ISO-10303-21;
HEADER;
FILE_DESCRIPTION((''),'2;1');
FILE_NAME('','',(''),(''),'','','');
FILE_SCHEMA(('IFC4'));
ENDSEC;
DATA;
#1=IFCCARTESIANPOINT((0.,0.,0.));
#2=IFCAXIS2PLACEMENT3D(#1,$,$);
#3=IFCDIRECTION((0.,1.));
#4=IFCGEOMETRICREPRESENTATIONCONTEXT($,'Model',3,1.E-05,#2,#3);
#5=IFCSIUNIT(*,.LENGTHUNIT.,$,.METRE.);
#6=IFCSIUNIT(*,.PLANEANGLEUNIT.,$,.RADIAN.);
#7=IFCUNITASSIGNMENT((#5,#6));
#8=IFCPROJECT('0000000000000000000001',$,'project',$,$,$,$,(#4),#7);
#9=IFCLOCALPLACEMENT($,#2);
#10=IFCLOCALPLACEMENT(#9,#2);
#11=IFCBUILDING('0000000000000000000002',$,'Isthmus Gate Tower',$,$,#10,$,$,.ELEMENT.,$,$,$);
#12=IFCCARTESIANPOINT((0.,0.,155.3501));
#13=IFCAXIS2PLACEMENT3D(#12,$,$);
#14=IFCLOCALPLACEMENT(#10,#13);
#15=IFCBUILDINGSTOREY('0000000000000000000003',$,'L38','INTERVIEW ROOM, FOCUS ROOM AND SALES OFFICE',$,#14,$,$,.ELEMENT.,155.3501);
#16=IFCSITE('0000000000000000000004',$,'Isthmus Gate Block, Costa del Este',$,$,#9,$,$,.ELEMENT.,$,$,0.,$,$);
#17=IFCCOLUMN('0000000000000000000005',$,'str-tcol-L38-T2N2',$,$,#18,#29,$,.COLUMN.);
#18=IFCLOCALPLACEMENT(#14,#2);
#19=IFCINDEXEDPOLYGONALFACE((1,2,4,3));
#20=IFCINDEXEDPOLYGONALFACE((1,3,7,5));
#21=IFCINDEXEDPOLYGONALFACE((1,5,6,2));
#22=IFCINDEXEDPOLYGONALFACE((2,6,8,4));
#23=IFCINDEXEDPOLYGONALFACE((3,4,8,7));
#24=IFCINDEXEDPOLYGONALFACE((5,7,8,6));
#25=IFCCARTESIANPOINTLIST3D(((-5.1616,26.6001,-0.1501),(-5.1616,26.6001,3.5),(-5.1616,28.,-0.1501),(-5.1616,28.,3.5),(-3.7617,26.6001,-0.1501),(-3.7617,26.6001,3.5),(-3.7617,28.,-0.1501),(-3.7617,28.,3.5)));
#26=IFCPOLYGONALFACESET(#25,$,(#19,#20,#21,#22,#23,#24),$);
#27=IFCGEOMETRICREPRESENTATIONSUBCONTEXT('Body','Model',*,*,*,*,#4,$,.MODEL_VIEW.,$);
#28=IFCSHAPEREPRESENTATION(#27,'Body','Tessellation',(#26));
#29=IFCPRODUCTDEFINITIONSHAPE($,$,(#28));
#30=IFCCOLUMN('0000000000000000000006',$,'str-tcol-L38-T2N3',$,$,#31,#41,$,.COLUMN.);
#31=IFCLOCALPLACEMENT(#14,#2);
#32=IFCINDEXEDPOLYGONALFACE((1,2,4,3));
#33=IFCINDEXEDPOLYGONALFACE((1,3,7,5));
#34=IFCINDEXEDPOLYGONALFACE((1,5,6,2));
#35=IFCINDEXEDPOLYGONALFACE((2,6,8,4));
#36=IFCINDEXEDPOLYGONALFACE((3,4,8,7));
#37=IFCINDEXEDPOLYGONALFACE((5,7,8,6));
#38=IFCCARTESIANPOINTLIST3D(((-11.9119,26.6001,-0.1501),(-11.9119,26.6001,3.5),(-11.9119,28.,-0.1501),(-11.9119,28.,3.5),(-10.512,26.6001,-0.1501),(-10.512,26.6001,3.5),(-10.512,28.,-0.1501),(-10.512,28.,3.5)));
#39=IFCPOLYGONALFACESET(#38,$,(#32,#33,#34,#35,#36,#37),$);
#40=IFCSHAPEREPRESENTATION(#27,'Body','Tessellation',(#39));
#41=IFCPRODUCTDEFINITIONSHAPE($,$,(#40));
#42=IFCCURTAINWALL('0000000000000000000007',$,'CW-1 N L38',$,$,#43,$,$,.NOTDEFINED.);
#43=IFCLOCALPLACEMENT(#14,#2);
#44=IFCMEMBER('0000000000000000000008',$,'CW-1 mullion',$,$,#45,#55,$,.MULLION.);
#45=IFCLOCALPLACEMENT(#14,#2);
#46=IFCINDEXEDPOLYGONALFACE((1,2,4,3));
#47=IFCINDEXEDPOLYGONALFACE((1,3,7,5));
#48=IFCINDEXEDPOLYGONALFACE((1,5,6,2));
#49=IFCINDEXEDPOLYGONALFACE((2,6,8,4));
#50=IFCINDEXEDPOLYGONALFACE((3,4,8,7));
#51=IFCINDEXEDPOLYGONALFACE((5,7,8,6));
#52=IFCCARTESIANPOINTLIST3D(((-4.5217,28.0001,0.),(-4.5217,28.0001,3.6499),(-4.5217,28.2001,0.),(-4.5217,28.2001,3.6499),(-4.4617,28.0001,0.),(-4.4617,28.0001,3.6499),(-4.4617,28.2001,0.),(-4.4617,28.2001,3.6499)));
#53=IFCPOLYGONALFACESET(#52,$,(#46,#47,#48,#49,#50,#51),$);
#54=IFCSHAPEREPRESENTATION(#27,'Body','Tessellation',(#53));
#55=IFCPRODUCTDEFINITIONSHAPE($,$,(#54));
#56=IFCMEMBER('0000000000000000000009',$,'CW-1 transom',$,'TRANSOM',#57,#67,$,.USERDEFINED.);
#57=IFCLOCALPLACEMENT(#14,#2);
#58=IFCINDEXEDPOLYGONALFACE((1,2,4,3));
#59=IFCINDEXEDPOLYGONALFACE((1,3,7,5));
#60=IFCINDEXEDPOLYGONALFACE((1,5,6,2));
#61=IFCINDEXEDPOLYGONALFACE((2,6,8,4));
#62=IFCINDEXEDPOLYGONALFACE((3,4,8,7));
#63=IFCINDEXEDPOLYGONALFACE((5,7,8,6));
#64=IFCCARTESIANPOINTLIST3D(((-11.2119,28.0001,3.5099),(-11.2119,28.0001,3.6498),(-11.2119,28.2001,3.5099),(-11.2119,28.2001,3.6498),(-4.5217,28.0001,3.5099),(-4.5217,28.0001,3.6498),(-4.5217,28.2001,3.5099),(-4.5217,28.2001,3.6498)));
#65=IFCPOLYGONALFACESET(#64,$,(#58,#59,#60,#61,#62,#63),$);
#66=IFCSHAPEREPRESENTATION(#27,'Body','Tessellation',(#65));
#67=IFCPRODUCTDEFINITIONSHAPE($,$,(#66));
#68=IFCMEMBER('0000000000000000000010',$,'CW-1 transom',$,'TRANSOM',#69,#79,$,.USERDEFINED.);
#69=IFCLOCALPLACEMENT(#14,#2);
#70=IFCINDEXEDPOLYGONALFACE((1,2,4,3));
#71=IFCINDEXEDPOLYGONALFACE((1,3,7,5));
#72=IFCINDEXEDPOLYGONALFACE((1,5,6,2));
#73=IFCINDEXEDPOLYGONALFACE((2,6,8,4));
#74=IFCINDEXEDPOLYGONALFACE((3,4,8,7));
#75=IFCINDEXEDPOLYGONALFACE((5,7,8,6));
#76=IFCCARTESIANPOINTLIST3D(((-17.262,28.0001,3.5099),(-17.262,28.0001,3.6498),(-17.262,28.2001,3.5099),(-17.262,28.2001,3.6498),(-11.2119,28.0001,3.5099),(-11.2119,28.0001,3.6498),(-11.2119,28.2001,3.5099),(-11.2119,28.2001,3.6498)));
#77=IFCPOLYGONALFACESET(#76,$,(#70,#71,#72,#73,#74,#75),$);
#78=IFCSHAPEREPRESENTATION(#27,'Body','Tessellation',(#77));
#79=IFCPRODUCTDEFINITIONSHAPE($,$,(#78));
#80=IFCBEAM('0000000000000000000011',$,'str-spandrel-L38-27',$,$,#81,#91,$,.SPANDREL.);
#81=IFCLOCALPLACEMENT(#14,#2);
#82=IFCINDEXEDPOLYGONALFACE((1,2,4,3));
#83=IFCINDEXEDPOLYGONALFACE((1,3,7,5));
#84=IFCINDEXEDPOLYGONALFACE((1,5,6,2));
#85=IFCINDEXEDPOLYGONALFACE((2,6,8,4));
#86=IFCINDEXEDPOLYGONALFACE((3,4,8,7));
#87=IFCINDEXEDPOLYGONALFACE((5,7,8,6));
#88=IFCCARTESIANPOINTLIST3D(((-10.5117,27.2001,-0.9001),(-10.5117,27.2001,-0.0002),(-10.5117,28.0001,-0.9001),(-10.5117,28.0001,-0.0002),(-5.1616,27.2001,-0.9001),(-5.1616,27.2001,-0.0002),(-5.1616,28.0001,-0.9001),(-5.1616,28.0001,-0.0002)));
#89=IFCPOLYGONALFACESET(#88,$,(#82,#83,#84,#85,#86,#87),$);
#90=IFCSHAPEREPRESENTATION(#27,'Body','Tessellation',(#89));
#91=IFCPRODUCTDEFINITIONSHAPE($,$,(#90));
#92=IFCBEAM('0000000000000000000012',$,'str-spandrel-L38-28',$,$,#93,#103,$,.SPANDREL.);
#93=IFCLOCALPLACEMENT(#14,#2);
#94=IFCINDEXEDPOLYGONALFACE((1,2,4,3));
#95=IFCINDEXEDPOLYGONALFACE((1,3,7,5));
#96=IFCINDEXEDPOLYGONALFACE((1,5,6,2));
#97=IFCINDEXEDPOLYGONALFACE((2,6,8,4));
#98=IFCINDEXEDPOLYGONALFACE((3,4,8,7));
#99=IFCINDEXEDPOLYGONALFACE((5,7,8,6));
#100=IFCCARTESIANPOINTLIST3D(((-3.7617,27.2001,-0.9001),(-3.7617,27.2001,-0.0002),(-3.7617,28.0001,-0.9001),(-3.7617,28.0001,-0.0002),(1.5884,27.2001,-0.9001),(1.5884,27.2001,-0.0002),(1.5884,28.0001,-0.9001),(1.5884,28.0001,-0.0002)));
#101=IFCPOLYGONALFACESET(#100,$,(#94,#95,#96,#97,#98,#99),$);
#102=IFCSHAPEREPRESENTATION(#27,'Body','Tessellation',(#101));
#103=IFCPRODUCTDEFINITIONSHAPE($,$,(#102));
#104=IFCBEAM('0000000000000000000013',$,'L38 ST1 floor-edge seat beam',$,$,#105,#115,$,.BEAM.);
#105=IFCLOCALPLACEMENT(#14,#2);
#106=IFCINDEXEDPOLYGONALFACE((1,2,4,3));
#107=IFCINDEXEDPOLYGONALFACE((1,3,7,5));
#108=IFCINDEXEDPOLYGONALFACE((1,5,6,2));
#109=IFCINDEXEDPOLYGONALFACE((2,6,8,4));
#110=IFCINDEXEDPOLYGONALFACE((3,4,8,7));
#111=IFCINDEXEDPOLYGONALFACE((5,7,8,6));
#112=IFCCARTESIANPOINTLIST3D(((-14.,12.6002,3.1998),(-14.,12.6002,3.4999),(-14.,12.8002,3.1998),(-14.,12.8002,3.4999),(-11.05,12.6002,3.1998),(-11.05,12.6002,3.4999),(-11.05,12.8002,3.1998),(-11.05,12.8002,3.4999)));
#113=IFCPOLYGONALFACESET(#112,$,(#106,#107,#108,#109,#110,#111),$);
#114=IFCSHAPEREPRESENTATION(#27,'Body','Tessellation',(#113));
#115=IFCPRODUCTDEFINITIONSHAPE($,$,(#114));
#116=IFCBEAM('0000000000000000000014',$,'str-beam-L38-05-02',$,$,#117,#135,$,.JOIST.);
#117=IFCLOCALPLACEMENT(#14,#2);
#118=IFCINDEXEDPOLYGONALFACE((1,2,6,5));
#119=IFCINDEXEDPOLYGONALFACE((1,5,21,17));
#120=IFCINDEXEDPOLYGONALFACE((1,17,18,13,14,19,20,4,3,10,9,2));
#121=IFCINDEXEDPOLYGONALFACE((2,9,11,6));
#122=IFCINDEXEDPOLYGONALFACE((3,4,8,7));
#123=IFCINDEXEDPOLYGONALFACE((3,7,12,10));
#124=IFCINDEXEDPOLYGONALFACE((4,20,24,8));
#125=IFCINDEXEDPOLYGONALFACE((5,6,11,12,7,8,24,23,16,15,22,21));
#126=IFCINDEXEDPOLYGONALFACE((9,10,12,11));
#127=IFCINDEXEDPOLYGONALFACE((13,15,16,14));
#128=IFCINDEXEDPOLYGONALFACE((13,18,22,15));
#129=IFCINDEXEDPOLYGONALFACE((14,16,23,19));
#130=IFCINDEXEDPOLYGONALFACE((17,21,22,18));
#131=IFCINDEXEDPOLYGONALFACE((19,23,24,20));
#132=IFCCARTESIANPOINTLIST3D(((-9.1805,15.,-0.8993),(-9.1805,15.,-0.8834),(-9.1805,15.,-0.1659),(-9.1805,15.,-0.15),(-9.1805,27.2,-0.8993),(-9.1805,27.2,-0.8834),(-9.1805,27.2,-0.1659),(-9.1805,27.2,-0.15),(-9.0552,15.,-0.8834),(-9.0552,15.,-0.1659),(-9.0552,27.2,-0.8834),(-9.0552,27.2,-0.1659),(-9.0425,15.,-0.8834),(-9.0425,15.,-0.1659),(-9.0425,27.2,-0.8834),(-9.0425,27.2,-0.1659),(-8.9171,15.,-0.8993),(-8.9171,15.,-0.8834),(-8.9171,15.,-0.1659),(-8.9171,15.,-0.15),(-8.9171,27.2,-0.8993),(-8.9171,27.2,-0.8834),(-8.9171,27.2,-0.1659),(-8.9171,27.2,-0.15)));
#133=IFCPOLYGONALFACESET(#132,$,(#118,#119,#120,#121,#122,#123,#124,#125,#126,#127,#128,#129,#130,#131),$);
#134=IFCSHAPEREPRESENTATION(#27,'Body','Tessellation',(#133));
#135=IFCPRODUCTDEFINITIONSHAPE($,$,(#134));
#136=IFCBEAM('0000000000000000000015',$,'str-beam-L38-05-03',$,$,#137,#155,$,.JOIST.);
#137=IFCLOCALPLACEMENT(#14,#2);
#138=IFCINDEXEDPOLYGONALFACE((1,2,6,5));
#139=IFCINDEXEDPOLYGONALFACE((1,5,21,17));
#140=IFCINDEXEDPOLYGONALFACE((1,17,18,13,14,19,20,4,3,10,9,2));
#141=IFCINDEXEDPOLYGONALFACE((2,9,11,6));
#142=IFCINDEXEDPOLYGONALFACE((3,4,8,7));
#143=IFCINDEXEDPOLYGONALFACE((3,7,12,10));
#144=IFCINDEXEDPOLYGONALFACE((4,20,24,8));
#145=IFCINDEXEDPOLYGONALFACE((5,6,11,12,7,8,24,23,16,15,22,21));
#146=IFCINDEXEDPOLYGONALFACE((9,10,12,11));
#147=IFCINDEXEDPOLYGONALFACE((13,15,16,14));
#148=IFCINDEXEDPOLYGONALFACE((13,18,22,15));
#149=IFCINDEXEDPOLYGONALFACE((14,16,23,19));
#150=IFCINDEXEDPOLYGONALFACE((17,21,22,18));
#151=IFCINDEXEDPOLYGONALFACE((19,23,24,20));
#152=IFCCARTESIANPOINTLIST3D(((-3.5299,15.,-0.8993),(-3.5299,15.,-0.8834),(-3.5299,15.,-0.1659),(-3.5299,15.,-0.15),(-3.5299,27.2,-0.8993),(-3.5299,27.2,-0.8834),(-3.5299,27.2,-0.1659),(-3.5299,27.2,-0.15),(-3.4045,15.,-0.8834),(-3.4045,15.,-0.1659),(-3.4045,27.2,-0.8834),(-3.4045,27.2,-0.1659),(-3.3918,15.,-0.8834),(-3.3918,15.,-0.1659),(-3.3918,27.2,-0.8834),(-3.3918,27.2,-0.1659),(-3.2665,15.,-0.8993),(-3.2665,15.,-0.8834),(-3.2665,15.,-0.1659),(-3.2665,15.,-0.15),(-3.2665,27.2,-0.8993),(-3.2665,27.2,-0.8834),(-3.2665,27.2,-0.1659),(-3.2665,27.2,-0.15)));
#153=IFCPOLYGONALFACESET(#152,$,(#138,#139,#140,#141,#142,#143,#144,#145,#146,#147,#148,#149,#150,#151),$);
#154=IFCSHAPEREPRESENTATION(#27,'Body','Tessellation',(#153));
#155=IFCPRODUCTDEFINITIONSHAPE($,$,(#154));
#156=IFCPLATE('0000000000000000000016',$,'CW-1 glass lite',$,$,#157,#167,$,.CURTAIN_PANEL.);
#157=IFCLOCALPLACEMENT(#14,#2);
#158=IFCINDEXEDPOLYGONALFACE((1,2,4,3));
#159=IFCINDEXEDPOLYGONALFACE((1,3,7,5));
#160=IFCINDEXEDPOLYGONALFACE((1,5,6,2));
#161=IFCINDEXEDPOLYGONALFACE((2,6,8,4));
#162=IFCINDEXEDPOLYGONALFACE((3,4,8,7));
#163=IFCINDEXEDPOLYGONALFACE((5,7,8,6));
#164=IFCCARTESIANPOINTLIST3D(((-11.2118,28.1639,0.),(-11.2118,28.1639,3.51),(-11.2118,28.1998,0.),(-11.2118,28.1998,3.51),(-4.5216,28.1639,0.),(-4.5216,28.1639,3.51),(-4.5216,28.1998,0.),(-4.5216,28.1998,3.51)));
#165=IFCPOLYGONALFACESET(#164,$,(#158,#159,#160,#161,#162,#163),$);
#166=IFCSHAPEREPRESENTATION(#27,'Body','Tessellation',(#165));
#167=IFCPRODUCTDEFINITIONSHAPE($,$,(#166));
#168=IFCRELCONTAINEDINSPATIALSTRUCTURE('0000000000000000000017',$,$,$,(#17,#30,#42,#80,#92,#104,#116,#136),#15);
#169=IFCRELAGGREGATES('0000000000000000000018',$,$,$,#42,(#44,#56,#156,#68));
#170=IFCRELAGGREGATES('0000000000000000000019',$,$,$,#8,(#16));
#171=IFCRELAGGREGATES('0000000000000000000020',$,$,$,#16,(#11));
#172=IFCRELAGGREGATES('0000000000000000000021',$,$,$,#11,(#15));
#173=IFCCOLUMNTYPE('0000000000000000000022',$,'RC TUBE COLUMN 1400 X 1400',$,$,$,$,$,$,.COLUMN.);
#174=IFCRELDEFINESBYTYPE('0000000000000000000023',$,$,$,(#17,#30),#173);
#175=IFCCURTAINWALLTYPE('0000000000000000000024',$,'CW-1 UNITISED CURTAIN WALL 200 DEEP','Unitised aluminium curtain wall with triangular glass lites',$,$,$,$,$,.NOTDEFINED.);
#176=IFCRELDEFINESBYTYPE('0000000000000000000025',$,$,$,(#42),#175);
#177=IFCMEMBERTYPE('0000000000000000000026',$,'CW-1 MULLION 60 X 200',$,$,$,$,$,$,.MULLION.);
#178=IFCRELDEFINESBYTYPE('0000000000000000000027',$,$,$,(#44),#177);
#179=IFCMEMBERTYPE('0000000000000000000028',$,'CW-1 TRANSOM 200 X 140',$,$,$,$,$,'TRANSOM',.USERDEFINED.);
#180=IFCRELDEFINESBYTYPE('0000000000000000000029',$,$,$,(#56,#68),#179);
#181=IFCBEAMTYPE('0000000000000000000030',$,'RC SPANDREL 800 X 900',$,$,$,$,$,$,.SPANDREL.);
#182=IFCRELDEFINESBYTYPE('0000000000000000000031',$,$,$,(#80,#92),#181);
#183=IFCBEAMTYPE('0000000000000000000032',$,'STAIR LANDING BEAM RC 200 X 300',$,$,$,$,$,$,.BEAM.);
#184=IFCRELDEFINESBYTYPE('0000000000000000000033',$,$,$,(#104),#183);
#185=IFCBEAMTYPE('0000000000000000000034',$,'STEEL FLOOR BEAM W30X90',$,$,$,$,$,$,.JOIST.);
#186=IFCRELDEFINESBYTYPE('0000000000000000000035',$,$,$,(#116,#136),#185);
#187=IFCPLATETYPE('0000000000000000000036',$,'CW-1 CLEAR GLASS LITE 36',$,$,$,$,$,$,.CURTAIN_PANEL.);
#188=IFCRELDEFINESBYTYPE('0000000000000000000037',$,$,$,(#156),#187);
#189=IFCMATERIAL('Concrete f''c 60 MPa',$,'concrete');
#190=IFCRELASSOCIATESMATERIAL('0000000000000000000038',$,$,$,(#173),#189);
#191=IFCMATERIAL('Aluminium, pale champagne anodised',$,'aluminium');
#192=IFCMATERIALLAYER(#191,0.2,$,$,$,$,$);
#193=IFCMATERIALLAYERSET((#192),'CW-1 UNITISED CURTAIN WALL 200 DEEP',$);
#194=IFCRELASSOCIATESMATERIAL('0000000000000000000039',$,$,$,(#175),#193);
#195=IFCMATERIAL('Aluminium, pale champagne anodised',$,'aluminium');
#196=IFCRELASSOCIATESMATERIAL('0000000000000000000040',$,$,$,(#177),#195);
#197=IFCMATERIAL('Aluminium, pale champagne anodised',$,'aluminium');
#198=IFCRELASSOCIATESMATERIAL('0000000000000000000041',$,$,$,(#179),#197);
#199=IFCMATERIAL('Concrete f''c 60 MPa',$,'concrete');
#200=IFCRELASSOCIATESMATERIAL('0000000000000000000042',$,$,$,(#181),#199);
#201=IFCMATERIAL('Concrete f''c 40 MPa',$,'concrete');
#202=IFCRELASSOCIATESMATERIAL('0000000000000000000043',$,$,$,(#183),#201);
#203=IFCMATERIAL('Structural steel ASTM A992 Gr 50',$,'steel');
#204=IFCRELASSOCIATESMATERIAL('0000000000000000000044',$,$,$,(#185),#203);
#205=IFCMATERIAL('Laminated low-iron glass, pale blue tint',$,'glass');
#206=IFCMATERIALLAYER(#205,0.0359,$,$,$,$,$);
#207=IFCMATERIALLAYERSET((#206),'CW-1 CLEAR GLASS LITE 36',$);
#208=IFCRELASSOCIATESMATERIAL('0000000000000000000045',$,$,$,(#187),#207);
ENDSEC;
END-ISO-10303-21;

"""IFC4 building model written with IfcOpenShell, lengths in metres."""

from ifc_helpers import new_model, si_unit, direction, frame, origin, origin_2d, place, context, subcontext, project, spatial, rectangle, i_section, extrude, material, layer, layer_set, material_profile, profile_set, type_object, element, aggregate, save


model = new_model("IFC4")

# Units and contexts
model_context = context("Model", 3, precision=1e-05, world=origin(), true_north=direction((0.0, 1.0)))
body_context = subcontext(model_context, "Body", "Model", "MODEL_VIEW")
ifc_project = project(units=[si_unit("LENGTHUNIT", "METRE"), si_unit("PLANEANGLEUNIT", "RADIAN")], contexts=[model_context])

# Site, building, storey
site_placement = place(None, origin())
site = spatial("IfcSite", under=ifc_project, at=site_placement, Name="Isthmus Gate Block, Costa del Este", CompositionType="ELEMENT", RefElevation=0.0)
building_placement = place(site_placement, origin())
building = spatial("IfcBuilding", under=site, at=building_placement, Name="Isthmus Gate Tower", CompositionType="ELEMENT")
storey_placement = place(building_placement, frame((0.0, 0.0, 155.3501)))
storey = spatial("IfcBuildingStorey", under=building, at=storey_placement, Name="L38", Description="INTERVIEW ROOM, FOCUS ROOM AND SALES OFFICE", CompositionType="ELEMENT", Elevation=155.3501)

# Columns
ifc_material_1 = material(Name="Concrete f'c 60 MPa", Category="concrete")
ifc_material_profile_1 = material_profile(ifc_material_1, rectangle(XDim=1.3999, YDim=1.3999, at=origin_2d()), Name="RC 1400X1400")
ifc_profile_set_1 = profile_set([ifc_material_profile_1], Name="Concrete f'c 60 MPa")
column_type = type_object("IfcColumnType", Name="RC TUBE COLUMN 1400 X 1400", PredefinedType="COLUMN", material=ifc_profile_set_1)
for number, where, z_axis, x_axis, name in (
    (1, (-4.4617, 27.3, -0.1501), (0.0, 0.0, 1.0), (-1.0, 0.0, 0.0), "str-tcol-L38-T2N2"),
    (2, (-11.2119, 27.3, -0.1501), (0.0, 0.0, 1.0), (-1.0, 0.0, 0.0), "str-tcol-L38-T2N3"),
):
    element("IfcColumn", number, at=place(storey_placement, frame(where, z_axis=z_axis, x_axis=x_axis)), inside=storey, type_object=column_type, Name=name, PredefinedType="COLUMN", context=body_context, shape_type="SweptSolid", body=[
        extrude(rectangle(XDim=1.3999, YDim=1.3999, at=origin_2d()), origin(), (0.0, 0.0, 1.0), 3.6501),
    ])

# Curtain wall, members
ifc_material_2 = material(Name="Aluminium, pale champagne anodised", Category="aluminium")
ifc_layer_1 = layer(ifc_material_2, 0.2)
ifc_layer_set_1 = layer_set([ifc_layer_1], Name="CW-1 UNITISED CURTAIN WALL 200 DEEP")
curtain_wall_type = type_object("IfcCurtainWallType", Name="CW-1 UNITISED CURTAIN WALL 200 DEEP", Description="Unitised aluminium curtain wall with triangular glass lites", PredefinedType="NOTDEFINED", material=ifc_layer_set_1)
curtain_wall_placement = place(storey_placement, origin())
curtain_wall = element("IfcCurtainWall", 3, at=curtain_wall_placement, inside=storey, type_object=curtain_wall_type, Name="CW-1 N L38", PredefinedType="NOTDEFINED")
ifc_material_3 = material(Name="Aluminium, pale champagne anodised", Category="aluminium")
ifc_material_profile_2 = material_profile(ifc_material_3, rectangle(XDim=0.0601, YDim=0.2, at=origin_2d()), Name="60x200")
ifc_profile_set_2 = profile_set([ifc_material_profile_2], Name="Aluminium, pale champagne anodised")
member_type_1 = type_object("IfcMemberType", Name="CW-1 MULLION 60 X 200", PredefinedType="MULLION", material=ifc_profile_set_2)
member_1_placement = place(storey_placement, frame((-4.4917, 28.1001, 0.0), z_axis=(0.0, 0.0, 1.0), x_axis=(-1.0, 0.0, 0.0)))
member_1 = element("IfcMember", 4, at=member_1_placement, type_object=member_type_1, Name="CW-1 mullion", PredefinedType="MULLION", context=body_context, shape_type="SweptSolid", body=[
    extrude(rectangle(XDim=0.0601, YDim=0.2, at=origin_2d()), origin(), (0.0, 0.0, 1.0), 3.6499),
])
ifc_material_4 = material(Name="Aluminium, pale champagne anodised", Category="aluminium")
ifc_material_profile_3 = material_profile(ifc_material_4, rectangle(XDim=0.2, YDim=0.1399, at=origin_2d()), Name="200x140")
ifc_profile_set_3 = profile_set([ifc_material_profile_3], Name="Aluminium, pale champagne anodised")
member_type_2 = type_object("IfcMemberType", Name="CW-1 TRANSOM 200 X 140", ElementType="TRANSOM", PredefinedType="USERDEFINED", material=ifc_profile_set_3)
member_2_placement = place(storey_placement, frame((-4.5217, 28.1001, 3.5798), z_axis=(-1.0, 0.0, 0.0), x_axis=(0.0, -1.0, 0.0)))
member_2 = element("IfcMember", 5, at=member_2_placement, type_object=member_type_2, Name="CW-1 transom", ObjectType="TRANSOM", PredefinedType="USERDEFINED", context=body_context, shape_type="SweptSolid", body=[
    extrude(rectangle(XDim=0.2, YDim=0.1399, at=origin_2d()), origin(), (0.0, 0.0, 1.0), 6.6902),
])
member_3_placement = place(storey_placement, frame((-11.2119, 28.1001, 3.5798), z_axis=(-1.0, 0.0, 0.0), x_axis=(0.0, -1.0, 0.0)))
member_3 = element("IfcMember", 6, at=member_3_placement, type_object=member_type_2, Name="CW-1 transom", ObjectType="TRANSOM", PredefinedType="USERDEFINED", context=body_context, shape_type="SweptSolid", body=[
    extrude(rectangle(XDim=0.2, YDim=0.1399, at=origin_2d()), origin(), (0.0, 0.0, 1.0), 6.05),
])

# Beams
ifc_material_5 = material(Name="Concrete f'c 60 MPa", Category="concrete")
ifc_material_profile_4 = material_profile(ifc_material_5, rectangle(XDim=0.8, YDim=0.8999, at=origin_2d()), Name="RC 800X900")
ifc_profile_set_4 = profile_set([ifc_material_profile_4], Name="Concrete f'c 60 MPa")
beam_type_1 = type_object("IfcBeamType", Name="RC SPANDREL 800 X 900", PredefinedType="SPANDREL", material=ifc_profile_set_4)
for number, where, z_axis, x_axis, name in (
    (7, (-10.5117, 27.6001, -0.4502), (1.0, 0.0, 0.0), (0.0, 1.0, 0.0), "str-spandrel-L38-27"),
    (8, (-3.7617, 27.6001, -0.4502), (1.0, 0.0, 0.0), (0.0, 1.0, 0.0), "str-spandrel-L38-28"),
):
    element("IfcBeam", number, at=place(storey_placement, frame(where, z_axis=z_axis, x_axis=x_axis)), inside=storey, type_object=beam_type_1, Name=name, PredefinedType="SPANDREL", context=body_context, shape_type="SweptSolid", body=[
        extrude(rectangle(XDim=0.8, YDim=0.8999, at=origin_2d()), origin(), (0.0, 0.0, 1.0), 5.3501),
    ])
ifc_material_6 = material(Name="Concrete f'c 40 MPa", Category="concrete")
ifc_material_profile_5 = material_profile(ifc_material_6, rectangle(XDim=0.2, YDim=0.3, at=origin_2d()), Name="STAIR LANDING BEAM RC 200 X 300")
ifc_profile_set_5 = profile_set([ifc_material_profile_5], Name="Concrete f'c 40 MPa")
beam_type_2 = type_object("IfcBeamType", Name="STAIR LANDING BEAM RC 200 X 300", PredefinedType="BEAM", material=ifc_profile_set_5)
beam_placement = place(storey_placement, frame((-14.0, 12.7002, 3.3499), z_axis=(1.0, 0.0, 0.0), x_axis=(0.0, 1.0, 0.0)))
element("IfcBeam", 9, at=beam_placement, inside=storey, type_object=beam_type_2, Name="L38 ST1 floor-edge seat beam", PredefinedType="BEAM", context=body_context, shape_type="SweptSolid", body=[
    extrude(rectangle(XDim=0.2, YDim=0.3, at=origin_2d()), origin(), (0.0, 0.0, 1.0), 2.95),
])
ifc_material_7 = material(Name="Structural steel ASTM A992 Gr 50", Category="steel")
ifc_material_profile_6 = material_profile(ifc_material_7, i_section(OverallWidth=0.2634, OverallDepth=0.7493, WebThickness=0.0127, FlangeThickness=0.0159, at=origin_2d()), Name="W30X90")
ifc_profile_set_6 = profile_set([ifc_material_profile_6], Name="Structural steel ASTM A992 Gr 50")
beam_type_3 = type_object("IfcBeamType", Name="STEEL FLOOR BEAM W30X90", PredefinedType="JOIST", material=ifc_profile_set_6)
for number, where, z_axis, x_axis, name in (
    (10, (-9.0488, 15.0, -0.5247), (0.0, 1.0, 0.0), (-1.0, 0.0, 0.0), "str-beam-L38-05-02"),
    (11, (-3.3982, 15.0, -0.5247), (0.0, 1.0, 0.0), (-1.0, 0.0, 0.0), "str-beam-L38-05-03"),
):
    element("IfcBeam", number, at=place(storey_placement, frame(where, z_axis=z_axis, x_axis=x_axis)), inside=storey, type_object=beam_type_3, Name=name, PredefinedType="JOIST", context=body_context, shape_type="SweptSolid", body=[
        extrude(i_section(OverallWidth=0.2634, OverallDepth=0.7493, WebThickness=0.0127, FlangeThickness=0.0159, at=origin_2d()), origin(), (0.0, 0.0, 1.0), 12.2),
    ])

# Plate
ifc_material_8 = material(Name="Laminated low-iron glass, pale blue tint", Category="glass")
ifc_layer_2 = layer(ifc_material_8, 0.0359)
ifc_layer_set_2 = layer_set([ifc_layer_2], Name="CW-1 CLEAR GLASS LITE 36")
plate_type = type_object("IfcPlateType", Name="CW-1 CLEAR GLASS LITE 36", PredefinedType="CURTAIN_PANEL", material=ifc_layer_set_2)
plate_placement = place(storey_placement, frame((-7.8667, 28.1819, 0.0), z_axis=(0.0, 0.0, 1.0), x_axis=(-1.0, 0.0, 0.0)))
plate = element("IfcPlate", 12, at=plate_placement, type_object=plate_type, Name="CW-1 glass lite", PredefinedType="CURTAIN_PANEL", context=body_context, shape_type="SweptSolid", body=[
    extrude(rectangle(XDim=6.6902, YDim=0.0359, at=origin_2d()), origin(), (0.0, 0.0, 1.0), 3.51),
])
aggregate(curtain_wall, [member_1, member_2, plate, member_3])

save(model, "model.ifc")
